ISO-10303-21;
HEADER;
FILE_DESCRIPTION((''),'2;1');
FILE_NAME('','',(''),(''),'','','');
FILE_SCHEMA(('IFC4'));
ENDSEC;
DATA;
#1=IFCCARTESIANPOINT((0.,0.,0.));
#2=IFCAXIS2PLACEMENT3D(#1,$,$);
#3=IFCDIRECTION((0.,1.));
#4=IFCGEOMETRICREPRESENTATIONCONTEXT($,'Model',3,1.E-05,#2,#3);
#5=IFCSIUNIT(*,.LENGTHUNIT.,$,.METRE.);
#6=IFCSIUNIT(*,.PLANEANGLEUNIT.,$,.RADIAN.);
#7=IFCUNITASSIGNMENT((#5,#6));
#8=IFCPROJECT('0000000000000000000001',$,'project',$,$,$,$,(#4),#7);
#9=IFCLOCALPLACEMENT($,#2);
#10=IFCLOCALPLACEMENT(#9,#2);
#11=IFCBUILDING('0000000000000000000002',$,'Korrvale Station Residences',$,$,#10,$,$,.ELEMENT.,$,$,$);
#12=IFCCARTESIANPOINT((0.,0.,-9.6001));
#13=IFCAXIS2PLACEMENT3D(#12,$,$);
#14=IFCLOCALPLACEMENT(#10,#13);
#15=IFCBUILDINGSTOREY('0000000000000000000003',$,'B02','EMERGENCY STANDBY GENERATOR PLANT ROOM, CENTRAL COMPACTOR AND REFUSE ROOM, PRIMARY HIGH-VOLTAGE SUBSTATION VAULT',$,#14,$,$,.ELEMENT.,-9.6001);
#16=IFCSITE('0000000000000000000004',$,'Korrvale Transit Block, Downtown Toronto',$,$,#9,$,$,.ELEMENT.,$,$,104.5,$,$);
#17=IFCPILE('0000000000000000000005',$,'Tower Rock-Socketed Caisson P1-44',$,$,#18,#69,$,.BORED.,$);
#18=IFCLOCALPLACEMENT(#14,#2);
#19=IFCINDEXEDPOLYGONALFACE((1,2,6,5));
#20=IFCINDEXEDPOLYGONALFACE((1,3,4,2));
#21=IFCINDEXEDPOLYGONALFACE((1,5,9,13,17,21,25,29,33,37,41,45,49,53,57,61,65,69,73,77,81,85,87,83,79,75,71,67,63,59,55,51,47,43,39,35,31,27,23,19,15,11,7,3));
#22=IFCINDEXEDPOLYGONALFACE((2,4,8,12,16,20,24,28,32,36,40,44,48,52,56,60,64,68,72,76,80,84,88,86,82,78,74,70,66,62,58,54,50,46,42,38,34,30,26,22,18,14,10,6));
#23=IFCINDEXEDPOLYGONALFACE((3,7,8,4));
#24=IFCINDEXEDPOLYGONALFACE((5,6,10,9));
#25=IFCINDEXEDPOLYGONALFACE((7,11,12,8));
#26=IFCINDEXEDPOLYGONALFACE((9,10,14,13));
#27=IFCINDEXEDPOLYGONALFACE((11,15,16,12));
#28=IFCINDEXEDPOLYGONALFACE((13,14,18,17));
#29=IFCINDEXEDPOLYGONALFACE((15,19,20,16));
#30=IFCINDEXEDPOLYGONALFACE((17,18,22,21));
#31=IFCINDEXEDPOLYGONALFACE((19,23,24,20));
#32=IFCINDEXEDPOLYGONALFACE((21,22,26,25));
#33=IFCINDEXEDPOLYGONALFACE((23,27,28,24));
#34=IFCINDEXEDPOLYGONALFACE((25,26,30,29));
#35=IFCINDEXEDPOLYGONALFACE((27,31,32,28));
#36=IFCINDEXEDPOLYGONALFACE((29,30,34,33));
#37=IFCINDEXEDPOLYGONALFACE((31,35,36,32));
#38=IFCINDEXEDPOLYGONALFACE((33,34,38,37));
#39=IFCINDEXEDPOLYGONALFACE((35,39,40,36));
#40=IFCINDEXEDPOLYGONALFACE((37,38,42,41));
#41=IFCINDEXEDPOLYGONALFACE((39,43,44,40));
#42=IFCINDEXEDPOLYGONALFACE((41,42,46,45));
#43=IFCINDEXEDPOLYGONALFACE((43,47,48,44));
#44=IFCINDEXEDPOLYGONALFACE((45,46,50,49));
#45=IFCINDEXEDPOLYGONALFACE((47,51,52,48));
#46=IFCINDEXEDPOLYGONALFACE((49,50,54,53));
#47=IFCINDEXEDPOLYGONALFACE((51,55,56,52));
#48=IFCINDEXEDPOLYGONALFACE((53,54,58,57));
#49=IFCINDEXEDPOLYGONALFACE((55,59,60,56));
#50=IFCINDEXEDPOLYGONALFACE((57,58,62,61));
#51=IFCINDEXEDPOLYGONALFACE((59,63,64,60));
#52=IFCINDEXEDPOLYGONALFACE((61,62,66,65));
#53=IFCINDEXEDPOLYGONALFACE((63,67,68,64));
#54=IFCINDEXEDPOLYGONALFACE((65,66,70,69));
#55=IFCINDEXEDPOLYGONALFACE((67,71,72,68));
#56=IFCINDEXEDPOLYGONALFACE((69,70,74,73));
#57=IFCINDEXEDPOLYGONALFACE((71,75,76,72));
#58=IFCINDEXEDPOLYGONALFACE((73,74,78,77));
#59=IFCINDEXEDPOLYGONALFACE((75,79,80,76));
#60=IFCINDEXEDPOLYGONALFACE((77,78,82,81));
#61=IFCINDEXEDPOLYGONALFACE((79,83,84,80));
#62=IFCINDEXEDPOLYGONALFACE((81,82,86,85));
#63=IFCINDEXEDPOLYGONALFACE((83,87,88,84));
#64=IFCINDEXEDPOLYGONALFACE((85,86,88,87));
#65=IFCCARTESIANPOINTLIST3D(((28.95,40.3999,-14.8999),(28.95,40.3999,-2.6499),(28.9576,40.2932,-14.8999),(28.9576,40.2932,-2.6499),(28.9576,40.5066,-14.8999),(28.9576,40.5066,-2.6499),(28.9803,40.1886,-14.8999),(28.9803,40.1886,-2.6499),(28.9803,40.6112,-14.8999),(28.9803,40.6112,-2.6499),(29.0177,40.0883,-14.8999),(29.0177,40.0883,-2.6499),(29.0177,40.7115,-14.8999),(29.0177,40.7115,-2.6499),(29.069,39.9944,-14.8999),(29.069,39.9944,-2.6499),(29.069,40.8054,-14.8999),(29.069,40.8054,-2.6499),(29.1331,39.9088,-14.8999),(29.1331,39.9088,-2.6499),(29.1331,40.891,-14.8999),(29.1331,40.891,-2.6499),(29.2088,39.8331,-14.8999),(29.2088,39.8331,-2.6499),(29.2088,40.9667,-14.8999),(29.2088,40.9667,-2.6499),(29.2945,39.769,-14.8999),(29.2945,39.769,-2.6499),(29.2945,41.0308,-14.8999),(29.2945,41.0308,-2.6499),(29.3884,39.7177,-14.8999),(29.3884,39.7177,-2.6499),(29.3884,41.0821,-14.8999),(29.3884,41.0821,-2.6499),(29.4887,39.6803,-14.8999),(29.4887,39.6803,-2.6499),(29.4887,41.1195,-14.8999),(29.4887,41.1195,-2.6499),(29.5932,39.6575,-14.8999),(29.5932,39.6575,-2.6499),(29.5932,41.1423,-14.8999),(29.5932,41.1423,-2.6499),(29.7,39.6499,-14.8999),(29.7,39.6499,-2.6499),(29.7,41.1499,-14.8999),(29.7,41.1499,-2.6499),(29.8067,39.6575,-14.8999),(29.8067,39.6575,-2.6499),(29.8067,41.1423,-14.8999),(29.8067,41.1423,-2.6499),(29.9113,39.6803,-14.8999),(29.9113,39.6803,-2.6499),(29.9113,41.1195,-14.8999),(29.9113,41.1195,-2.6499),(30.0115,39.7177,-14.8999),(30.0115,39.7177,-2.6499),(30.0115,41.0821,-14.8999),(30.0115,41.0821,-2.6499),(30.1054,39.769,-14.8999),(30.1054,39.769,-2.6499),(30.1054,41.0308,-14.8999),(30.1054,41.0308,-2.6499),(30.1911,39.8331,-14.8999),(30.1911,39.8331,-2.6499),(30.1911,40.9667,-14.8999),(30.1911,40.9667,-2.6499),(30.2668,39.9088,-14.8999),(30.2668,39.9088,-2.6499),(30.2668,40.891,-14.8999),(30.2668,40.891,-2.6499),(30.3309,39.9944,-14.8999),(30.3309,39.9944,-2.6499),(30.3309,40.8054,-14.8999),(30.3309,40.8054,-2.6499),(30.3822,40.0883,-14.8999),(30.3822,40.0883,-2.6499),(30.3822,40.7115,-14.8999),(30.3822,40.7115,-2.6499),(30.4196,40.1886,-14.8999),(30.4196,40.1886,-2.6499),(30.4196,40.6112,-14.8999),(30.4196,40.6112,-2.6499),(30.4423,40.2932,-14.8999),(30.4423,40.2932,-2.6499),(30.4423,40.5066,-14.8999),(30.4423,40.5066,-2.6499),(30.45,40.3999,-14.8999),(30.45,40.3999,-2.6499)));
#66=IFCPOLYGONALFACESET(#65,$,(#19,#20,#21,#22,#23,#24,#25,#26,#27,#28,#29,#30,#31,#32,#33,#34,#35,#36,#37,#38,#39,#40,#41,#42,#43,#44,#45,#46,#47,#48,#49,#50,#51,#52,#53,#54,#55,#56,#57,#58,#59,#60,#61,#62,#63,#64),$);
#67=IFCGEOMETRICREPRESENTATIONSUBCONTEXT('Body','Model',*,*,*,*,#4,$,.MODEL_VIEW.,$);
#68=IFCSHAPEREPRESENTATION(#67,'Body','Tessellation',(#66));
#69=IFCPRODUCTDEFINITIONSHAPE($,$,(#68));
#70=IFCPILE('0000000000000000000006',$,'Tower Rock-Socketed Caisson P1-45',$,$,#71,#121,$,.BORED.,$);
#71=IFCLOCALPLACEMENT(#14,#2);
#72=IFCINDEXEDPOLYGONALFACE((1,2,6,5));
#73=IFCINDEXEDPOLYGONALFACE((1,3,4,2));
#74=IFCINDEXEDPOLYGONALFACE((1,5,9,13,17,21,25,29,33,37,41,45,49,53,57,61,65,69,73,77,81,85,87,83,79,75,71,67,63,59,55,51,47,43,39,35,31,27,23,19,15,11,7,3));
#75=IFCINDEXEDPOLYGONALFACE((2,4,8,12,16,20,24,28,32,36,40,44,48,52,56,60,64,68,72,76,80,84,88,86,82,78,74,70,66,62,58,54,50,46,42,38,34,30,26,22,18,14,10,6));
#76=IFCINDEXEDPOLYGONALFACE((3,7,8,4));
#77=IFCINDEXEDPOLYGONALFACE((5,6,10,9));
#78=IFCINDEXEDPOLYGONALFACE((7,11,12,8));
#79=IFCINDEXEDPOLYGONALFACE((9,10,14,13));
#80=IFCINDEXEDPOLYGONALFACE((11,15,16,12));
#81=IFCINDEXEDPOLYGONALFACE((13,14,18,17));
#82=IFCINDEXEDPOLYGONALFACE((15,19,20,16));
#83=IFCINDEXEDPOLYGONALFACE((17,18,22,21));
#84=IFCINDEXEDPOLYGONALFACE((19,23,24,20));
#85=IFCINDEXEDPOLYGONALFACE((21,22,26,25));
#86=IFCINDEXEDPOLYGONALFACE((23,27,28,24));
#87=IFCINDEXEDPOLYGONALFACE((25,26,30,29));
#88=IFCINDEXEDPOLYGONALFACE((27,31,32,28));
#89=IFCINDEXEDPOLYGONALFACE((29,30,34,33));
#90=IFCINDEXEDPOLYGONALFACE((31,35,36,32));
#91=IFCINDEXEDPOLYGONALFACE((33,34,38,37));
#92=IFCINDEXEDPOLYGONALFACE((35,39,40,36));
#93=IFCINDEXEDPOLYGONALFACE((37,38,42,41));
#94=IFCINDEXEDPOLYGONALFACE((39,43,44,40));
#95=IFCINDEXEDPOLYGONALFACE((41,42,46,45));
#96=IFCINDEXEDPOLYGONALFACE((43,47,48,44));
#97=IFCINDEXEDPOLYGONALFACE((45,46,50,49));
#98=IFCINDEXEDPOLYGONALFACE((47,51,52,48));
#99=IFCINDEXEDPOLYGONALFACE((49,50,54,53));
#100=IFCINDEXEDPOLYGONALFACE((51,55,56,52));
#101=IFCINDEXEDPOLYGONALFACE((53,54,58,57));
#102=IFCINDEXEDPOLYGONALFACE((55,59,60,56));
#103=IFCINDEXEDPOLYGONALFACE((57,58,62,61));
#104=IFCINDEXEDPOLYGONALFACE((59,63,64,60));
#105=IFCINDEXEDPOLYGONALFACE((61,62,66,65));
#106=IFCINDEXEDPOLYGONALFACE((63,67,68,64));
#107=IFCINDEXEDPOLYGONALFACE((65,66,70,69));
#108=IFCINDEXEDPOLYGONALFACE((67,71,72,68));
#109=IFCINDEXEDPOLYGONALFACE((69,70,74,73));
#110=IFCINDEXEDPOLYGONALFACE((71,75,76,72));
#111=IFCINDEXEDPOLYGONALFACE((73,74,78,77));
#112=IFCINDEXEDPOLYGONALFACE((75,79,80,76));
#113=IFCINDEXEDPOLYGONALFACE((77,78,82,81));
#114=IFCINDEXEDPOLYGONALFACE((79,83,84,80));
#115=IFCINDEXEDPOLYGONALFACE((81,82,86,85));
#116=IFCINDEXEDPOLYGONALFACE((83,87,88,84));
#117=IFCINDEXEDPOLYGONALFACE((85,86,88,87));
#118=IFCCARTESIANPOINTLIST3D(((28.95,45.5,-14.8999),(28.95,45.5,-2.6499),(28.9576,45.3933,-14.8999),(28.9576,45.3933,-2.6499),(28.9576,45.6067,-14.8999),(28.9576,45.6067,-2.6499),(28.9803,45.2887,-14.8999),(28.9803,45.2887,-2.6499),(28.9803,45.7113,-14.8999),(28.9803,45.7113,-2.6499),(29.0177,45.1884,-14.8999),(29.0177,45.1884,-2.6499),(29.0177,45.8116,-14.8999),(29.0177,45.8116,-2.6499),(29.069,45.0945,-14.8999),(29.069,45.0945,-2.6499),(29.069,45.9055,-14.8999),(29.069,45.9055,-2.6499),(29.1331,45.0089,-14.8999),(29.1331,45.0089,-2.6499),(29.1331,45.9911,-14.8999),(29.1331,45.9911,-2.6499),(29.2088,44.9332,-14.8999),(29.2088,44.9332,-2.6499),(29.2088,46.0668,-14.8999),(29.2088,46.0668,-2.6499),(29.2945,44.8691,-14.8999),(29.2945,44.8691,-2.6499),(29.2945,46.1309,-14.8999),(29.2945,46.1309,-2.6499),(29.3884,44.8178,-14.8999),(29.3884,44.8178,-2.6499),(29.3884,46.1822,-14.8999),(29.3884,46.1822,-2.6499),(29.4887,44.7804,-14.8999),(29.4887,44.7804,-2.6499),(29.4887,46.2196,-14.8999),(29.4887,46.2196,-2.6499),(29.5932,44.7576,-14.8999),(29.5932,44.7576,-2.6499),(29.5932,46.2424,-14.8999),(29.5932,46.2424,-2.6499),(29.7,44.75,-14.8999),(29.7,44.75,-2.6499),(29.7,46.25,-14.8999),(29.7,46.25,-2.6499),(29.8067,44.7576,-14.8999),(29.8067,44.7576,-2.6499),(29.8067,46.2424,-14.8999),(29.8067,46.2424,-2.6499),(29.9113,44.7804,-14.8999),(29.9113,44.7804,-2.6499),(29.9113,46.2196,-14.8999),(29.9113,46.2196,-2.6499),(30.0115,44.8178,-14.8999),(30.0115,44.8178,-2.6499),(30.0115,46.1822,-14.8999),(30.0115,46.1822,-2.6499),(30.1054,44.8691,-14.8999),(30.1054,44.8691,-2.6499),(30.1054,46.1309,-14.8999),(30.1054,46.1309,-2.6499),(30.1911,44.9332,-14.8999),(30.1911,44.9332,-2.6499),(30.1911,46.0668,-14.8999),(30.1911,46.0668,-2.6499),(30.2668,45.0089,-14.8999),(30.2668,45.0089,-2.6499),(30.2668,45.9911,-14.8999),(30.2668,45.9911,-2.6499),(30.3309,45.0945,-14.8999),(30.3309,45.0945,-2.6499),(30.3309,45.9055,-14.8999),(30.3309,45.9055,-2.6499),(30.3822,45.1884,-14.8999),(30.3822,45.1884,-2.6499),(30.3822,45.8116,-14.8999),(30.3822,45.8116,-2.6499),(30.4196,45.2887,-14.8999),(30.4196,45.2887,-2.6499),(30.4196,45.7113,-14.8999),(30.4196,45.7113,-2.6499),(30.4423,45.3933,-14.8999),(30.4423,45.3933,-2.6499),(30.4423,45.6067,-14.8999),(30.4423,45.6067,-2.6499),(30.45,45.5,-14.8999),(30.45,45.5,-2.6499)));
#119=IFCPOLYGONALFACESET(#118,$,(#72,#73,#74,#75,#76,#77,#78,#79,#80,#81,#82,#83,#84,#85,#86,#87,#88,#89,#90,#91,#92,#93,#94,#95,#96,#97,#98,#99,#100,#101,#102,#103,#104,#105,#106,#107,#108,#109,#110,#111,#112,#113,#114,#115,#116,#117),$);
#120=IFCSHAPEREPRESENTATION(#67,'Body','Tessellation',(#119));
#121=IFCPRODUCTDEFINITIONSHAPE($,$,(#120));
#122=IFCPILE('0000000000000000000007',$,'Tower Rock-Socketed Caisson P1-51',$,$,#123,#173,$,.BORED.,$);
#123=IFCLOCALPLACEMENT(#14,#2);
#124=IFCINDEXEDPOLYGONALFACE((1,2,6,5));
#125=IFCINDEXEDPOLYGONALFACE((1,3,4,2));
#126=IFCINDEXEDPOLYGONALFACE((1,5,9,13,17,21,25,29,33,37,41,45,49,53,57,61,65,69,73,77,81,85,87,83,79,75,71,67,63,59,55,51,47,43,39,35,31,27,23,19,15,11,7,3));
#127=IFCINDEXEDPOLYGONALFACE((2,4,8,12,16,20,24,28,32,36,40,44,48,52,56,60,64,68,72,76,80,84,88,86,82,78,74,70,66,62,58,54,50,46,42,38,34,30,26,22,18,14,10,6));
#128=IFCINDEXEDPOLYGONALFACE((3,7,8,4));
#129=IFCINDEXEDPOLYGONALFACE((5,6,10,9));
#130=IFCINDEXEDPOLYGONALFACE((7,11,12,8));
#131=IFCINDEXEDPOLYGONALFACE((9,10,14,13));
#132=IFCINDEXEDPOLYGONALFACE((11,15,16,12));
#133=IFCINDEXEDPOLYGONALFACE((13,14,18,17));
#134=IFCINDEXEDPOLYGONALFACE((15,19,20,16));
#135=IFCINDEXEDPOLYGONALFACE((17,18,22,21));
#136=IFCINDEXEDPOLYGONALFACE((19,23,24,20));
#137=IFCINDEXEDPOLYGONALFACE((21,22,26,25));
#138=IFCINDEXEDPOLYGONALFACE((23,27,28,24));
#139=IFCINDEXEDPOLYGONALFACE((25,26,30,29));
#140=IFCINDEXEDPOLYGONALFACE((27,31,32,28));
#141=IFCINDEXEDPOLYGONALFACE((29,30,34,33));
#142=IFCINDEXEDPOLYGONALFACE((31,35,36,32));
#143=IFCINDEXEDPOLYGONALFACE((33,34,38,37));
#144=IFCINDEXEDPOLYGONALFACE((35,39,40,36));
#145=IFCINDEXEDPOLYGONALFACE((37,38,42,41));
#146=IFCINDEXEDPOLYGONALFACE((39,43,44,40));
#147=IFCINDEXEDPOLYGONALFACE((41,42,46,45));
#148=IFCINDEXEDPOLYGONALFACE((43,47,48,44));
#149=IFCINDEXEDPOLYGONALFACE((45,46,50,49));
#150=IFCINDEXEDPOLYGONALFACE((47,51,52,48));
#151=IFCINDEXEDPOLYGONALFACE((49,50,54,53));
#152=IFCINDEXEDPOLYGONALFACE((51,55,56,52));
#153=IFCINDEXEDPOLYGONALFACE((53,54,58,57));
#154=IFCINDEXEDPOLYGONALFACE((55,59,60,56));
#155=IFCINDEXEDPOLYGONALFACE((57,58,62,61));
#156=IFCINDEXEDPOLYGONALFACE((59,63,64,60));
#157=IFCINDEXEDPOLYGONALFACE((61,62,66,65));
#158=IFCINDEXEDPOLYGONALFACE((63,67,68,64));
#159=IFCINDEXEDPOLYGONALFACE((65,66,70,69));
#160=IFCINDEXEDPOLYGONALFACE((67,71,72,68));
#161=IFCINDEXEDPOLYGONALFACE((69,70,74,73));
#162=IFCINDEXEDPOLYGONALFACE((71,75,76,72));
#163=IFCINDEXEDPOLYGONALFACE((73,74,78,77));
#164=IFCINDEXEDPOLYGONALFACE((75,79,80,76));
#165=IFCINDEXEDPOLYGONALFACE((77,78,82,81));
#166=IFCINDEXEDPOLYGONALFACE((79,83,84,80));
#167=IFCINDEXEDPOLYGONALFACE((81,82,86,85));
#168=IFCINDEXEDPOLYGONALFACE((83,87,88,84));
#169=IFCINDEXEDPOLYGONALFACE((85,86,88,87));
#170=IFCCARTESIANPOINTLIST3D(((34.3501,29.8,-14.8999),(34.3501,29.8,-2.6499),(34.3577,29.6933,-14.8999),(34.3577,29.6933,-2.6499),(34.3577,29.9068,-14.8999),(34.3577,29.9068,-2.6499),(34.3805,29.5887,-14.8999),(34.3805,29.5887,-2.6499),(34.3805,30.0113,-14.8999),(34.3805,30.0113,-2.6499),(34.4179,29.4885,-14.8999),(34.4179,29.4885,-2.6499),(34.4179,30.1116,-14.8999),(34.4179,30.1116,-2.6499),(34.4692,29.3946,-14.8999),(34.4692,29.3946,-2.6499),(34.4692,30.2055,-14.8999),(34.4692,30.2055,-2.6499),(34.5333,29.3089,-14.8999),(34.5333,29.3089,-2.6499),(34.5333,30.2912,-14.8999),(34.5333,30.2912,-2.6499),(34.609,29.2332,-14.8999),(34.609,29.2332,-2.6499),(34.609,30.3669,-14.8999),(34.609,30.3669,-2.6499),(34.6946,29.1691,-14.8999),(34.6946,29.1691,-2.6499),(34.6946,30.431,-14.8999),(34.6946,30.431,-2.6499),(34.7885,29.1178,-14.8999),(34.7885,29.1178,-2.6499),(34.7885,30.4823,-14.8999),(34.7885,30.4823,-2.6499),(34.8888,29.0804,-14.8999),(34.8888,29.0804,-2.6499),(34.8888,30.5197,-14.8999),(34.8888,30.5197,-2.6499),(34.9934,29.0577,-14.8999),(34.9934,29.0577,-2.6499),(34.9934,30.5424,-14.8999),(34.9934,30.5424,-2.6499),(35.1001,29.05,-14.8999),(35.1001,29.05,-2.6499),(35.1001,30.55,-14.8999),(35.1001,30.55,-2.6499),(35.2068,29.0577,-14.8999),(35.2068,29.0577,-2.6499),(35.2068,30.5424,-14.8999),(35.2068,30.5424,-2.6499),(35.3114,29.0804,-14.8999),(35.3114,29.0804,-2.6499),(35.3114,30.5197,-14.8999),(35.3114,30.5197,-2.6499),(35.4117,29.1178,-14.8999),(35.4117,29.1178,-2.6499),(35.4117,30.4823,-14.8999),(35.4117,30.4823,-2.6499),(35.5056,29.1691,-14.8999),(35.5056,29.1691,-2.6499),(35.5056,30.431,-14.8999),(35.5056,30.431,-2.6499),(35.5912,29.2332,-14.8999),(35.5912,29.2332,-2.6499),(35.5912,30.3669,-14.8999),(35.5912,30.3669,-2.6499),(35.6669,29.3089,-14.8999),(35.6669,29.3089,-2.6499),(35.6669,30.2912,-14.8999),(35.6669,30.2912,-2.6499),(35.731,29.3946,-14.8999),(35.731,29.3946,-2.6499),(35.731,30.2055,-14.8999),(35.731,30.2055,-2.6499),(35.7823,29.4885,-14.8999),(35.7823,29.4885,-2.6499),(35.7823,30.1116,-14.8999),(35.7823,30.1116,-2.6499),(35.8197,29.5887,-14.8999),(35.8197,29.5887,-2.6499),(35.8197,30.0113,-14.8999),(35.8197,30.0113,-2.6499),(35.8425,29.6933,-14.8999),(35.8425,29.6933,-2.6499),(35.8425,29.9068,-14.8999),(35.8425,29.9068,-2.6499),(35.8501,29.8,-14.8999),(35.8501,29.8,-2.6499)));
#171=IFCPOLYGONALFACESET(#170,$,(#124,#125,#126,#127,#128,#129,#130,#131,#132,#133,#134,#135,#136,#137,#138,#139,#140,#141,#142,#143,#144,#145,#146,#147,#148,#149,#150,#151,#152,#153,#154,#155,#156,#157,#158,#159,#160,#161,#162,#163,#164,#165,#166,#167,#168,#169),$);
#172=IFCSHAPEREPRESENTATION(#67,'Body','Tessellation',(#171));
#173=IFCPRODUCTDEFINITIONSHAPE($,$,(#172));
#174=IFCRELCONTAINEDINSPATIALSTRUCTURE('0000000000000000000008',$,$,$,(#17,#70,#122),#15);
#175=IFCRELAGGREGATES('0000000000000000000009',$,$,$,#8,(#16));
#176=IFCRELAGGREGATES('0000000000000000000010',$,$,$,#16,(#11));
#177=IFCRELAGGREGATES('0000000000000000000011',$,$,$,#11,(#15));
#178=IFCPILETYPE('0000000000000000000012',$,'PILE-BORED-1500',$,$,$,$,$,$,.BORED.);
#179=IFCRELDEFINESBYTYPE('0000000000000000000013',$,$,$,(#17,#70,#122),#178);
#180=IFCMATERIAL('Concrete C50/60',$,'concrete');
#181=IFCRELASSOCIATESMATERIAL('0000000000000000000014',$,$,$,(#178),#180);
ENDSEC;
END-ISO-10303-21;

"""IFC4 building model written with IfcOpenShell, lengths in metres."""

from ifc_helpers import new_model, si_unit, direction, frame, origin, origin_2d, place, context, subcontext, project, spatial, circle, extrude, material, material_profile, profile_set, type_object, element, save


model = new_model("IFC4")

# Units and contexts
model_context = context("Model", 3, precision=1e-05, world=origin(), true_north=direction((0.0, 1.0)))
body_context = subcontext(model_context, "Body", "Model", "MODEL_VIEW")
ifc_project = project(units=[si_unit("LENGTHUNIT", "METRE"), si_unit("PLANEANGLEUNIT", "RADIAN")], contexts=[model_context])

# Site, building, storey
site_placement = place(None, origin())
site = spatial("IfcSite", under=ifc_project, at=site_placement, Name="Korrvale Transit Block, Downtown Toronto", CompositionType="ELEMENT", RefElevation=104.5)
building_placement = place(site_placement, origin())
building = spatial("IfcBuilding", under=site, at=building_placement, Name="Korrvale Station Residences", CompositionType="ELEMENT")
storey_placement = place(building_placement, frame((0.0, 0.0, -9.6001)))
storey = spatial("IfcBuildingStorey", under=building, at=storey_placement, Name="B02", Description="EMERGENCY STANDBY GENERATOR PLANT ROOM, CENTRAL COMPACTOR AND REFUSE ROOM, PRIMARY HIGH-VOLTAGE SUBSTATION VAULT", CompositionType="ELEMENT", Elevation=-9.6001)

# Piles
ifc_material_1 = material(Name="Concrete C50/60", Category="concrete")
ifc_material_profile_1 = material_profile(ifc_material_1, circle(Radius=0.75, at=origin_2d()), Name="PILE1500")
ifc_profile_set_1 = profile_set([ifc_material_profile_1], Name="Concrete C50/60")
pile_type_1 = type_object("IfcPileType", Name="PILE-BORED-1500", PredefinedType="BORED", material=ifc_profile_set_1)
for number, where, z_axis, x_axis, name in (
    (1, (29.7, 40.3999, -2.6499), (0.0, 0.0, -1.0), (1.0, 0.0, 0.0), "Tower Rock-Socketed Caisson P1-44"),
    (2, (29.7, 45.5, -2.6499), (0.0, 0.0, -1.0), (1.0, 0.0, 0.0), "Tower Rock-Socketed Caisson P1-45"),
    (3, (35.1001, 29.8, -2.6499), (0.0, 0.0, -1.0), (1.0, 0.0, 0.0), "Tower Rock-Socketed Caisson P1-51"),
):
    element("IfcPile", number, at=place(storey_placement, frame(where, z_axis=z_axis, x_axis=x_axis)), inside=storey, type_object=pile_type_1, Name=name, PredefinedType="BORED", context=body_context, shape_type="SweptSolid", body=[
        extrude(circle(Radius=0.75, at=origin_2d()), origin(), (0.0, 0.0, 1.0), 12.25),
    ])

save(model, "model.ifc")
